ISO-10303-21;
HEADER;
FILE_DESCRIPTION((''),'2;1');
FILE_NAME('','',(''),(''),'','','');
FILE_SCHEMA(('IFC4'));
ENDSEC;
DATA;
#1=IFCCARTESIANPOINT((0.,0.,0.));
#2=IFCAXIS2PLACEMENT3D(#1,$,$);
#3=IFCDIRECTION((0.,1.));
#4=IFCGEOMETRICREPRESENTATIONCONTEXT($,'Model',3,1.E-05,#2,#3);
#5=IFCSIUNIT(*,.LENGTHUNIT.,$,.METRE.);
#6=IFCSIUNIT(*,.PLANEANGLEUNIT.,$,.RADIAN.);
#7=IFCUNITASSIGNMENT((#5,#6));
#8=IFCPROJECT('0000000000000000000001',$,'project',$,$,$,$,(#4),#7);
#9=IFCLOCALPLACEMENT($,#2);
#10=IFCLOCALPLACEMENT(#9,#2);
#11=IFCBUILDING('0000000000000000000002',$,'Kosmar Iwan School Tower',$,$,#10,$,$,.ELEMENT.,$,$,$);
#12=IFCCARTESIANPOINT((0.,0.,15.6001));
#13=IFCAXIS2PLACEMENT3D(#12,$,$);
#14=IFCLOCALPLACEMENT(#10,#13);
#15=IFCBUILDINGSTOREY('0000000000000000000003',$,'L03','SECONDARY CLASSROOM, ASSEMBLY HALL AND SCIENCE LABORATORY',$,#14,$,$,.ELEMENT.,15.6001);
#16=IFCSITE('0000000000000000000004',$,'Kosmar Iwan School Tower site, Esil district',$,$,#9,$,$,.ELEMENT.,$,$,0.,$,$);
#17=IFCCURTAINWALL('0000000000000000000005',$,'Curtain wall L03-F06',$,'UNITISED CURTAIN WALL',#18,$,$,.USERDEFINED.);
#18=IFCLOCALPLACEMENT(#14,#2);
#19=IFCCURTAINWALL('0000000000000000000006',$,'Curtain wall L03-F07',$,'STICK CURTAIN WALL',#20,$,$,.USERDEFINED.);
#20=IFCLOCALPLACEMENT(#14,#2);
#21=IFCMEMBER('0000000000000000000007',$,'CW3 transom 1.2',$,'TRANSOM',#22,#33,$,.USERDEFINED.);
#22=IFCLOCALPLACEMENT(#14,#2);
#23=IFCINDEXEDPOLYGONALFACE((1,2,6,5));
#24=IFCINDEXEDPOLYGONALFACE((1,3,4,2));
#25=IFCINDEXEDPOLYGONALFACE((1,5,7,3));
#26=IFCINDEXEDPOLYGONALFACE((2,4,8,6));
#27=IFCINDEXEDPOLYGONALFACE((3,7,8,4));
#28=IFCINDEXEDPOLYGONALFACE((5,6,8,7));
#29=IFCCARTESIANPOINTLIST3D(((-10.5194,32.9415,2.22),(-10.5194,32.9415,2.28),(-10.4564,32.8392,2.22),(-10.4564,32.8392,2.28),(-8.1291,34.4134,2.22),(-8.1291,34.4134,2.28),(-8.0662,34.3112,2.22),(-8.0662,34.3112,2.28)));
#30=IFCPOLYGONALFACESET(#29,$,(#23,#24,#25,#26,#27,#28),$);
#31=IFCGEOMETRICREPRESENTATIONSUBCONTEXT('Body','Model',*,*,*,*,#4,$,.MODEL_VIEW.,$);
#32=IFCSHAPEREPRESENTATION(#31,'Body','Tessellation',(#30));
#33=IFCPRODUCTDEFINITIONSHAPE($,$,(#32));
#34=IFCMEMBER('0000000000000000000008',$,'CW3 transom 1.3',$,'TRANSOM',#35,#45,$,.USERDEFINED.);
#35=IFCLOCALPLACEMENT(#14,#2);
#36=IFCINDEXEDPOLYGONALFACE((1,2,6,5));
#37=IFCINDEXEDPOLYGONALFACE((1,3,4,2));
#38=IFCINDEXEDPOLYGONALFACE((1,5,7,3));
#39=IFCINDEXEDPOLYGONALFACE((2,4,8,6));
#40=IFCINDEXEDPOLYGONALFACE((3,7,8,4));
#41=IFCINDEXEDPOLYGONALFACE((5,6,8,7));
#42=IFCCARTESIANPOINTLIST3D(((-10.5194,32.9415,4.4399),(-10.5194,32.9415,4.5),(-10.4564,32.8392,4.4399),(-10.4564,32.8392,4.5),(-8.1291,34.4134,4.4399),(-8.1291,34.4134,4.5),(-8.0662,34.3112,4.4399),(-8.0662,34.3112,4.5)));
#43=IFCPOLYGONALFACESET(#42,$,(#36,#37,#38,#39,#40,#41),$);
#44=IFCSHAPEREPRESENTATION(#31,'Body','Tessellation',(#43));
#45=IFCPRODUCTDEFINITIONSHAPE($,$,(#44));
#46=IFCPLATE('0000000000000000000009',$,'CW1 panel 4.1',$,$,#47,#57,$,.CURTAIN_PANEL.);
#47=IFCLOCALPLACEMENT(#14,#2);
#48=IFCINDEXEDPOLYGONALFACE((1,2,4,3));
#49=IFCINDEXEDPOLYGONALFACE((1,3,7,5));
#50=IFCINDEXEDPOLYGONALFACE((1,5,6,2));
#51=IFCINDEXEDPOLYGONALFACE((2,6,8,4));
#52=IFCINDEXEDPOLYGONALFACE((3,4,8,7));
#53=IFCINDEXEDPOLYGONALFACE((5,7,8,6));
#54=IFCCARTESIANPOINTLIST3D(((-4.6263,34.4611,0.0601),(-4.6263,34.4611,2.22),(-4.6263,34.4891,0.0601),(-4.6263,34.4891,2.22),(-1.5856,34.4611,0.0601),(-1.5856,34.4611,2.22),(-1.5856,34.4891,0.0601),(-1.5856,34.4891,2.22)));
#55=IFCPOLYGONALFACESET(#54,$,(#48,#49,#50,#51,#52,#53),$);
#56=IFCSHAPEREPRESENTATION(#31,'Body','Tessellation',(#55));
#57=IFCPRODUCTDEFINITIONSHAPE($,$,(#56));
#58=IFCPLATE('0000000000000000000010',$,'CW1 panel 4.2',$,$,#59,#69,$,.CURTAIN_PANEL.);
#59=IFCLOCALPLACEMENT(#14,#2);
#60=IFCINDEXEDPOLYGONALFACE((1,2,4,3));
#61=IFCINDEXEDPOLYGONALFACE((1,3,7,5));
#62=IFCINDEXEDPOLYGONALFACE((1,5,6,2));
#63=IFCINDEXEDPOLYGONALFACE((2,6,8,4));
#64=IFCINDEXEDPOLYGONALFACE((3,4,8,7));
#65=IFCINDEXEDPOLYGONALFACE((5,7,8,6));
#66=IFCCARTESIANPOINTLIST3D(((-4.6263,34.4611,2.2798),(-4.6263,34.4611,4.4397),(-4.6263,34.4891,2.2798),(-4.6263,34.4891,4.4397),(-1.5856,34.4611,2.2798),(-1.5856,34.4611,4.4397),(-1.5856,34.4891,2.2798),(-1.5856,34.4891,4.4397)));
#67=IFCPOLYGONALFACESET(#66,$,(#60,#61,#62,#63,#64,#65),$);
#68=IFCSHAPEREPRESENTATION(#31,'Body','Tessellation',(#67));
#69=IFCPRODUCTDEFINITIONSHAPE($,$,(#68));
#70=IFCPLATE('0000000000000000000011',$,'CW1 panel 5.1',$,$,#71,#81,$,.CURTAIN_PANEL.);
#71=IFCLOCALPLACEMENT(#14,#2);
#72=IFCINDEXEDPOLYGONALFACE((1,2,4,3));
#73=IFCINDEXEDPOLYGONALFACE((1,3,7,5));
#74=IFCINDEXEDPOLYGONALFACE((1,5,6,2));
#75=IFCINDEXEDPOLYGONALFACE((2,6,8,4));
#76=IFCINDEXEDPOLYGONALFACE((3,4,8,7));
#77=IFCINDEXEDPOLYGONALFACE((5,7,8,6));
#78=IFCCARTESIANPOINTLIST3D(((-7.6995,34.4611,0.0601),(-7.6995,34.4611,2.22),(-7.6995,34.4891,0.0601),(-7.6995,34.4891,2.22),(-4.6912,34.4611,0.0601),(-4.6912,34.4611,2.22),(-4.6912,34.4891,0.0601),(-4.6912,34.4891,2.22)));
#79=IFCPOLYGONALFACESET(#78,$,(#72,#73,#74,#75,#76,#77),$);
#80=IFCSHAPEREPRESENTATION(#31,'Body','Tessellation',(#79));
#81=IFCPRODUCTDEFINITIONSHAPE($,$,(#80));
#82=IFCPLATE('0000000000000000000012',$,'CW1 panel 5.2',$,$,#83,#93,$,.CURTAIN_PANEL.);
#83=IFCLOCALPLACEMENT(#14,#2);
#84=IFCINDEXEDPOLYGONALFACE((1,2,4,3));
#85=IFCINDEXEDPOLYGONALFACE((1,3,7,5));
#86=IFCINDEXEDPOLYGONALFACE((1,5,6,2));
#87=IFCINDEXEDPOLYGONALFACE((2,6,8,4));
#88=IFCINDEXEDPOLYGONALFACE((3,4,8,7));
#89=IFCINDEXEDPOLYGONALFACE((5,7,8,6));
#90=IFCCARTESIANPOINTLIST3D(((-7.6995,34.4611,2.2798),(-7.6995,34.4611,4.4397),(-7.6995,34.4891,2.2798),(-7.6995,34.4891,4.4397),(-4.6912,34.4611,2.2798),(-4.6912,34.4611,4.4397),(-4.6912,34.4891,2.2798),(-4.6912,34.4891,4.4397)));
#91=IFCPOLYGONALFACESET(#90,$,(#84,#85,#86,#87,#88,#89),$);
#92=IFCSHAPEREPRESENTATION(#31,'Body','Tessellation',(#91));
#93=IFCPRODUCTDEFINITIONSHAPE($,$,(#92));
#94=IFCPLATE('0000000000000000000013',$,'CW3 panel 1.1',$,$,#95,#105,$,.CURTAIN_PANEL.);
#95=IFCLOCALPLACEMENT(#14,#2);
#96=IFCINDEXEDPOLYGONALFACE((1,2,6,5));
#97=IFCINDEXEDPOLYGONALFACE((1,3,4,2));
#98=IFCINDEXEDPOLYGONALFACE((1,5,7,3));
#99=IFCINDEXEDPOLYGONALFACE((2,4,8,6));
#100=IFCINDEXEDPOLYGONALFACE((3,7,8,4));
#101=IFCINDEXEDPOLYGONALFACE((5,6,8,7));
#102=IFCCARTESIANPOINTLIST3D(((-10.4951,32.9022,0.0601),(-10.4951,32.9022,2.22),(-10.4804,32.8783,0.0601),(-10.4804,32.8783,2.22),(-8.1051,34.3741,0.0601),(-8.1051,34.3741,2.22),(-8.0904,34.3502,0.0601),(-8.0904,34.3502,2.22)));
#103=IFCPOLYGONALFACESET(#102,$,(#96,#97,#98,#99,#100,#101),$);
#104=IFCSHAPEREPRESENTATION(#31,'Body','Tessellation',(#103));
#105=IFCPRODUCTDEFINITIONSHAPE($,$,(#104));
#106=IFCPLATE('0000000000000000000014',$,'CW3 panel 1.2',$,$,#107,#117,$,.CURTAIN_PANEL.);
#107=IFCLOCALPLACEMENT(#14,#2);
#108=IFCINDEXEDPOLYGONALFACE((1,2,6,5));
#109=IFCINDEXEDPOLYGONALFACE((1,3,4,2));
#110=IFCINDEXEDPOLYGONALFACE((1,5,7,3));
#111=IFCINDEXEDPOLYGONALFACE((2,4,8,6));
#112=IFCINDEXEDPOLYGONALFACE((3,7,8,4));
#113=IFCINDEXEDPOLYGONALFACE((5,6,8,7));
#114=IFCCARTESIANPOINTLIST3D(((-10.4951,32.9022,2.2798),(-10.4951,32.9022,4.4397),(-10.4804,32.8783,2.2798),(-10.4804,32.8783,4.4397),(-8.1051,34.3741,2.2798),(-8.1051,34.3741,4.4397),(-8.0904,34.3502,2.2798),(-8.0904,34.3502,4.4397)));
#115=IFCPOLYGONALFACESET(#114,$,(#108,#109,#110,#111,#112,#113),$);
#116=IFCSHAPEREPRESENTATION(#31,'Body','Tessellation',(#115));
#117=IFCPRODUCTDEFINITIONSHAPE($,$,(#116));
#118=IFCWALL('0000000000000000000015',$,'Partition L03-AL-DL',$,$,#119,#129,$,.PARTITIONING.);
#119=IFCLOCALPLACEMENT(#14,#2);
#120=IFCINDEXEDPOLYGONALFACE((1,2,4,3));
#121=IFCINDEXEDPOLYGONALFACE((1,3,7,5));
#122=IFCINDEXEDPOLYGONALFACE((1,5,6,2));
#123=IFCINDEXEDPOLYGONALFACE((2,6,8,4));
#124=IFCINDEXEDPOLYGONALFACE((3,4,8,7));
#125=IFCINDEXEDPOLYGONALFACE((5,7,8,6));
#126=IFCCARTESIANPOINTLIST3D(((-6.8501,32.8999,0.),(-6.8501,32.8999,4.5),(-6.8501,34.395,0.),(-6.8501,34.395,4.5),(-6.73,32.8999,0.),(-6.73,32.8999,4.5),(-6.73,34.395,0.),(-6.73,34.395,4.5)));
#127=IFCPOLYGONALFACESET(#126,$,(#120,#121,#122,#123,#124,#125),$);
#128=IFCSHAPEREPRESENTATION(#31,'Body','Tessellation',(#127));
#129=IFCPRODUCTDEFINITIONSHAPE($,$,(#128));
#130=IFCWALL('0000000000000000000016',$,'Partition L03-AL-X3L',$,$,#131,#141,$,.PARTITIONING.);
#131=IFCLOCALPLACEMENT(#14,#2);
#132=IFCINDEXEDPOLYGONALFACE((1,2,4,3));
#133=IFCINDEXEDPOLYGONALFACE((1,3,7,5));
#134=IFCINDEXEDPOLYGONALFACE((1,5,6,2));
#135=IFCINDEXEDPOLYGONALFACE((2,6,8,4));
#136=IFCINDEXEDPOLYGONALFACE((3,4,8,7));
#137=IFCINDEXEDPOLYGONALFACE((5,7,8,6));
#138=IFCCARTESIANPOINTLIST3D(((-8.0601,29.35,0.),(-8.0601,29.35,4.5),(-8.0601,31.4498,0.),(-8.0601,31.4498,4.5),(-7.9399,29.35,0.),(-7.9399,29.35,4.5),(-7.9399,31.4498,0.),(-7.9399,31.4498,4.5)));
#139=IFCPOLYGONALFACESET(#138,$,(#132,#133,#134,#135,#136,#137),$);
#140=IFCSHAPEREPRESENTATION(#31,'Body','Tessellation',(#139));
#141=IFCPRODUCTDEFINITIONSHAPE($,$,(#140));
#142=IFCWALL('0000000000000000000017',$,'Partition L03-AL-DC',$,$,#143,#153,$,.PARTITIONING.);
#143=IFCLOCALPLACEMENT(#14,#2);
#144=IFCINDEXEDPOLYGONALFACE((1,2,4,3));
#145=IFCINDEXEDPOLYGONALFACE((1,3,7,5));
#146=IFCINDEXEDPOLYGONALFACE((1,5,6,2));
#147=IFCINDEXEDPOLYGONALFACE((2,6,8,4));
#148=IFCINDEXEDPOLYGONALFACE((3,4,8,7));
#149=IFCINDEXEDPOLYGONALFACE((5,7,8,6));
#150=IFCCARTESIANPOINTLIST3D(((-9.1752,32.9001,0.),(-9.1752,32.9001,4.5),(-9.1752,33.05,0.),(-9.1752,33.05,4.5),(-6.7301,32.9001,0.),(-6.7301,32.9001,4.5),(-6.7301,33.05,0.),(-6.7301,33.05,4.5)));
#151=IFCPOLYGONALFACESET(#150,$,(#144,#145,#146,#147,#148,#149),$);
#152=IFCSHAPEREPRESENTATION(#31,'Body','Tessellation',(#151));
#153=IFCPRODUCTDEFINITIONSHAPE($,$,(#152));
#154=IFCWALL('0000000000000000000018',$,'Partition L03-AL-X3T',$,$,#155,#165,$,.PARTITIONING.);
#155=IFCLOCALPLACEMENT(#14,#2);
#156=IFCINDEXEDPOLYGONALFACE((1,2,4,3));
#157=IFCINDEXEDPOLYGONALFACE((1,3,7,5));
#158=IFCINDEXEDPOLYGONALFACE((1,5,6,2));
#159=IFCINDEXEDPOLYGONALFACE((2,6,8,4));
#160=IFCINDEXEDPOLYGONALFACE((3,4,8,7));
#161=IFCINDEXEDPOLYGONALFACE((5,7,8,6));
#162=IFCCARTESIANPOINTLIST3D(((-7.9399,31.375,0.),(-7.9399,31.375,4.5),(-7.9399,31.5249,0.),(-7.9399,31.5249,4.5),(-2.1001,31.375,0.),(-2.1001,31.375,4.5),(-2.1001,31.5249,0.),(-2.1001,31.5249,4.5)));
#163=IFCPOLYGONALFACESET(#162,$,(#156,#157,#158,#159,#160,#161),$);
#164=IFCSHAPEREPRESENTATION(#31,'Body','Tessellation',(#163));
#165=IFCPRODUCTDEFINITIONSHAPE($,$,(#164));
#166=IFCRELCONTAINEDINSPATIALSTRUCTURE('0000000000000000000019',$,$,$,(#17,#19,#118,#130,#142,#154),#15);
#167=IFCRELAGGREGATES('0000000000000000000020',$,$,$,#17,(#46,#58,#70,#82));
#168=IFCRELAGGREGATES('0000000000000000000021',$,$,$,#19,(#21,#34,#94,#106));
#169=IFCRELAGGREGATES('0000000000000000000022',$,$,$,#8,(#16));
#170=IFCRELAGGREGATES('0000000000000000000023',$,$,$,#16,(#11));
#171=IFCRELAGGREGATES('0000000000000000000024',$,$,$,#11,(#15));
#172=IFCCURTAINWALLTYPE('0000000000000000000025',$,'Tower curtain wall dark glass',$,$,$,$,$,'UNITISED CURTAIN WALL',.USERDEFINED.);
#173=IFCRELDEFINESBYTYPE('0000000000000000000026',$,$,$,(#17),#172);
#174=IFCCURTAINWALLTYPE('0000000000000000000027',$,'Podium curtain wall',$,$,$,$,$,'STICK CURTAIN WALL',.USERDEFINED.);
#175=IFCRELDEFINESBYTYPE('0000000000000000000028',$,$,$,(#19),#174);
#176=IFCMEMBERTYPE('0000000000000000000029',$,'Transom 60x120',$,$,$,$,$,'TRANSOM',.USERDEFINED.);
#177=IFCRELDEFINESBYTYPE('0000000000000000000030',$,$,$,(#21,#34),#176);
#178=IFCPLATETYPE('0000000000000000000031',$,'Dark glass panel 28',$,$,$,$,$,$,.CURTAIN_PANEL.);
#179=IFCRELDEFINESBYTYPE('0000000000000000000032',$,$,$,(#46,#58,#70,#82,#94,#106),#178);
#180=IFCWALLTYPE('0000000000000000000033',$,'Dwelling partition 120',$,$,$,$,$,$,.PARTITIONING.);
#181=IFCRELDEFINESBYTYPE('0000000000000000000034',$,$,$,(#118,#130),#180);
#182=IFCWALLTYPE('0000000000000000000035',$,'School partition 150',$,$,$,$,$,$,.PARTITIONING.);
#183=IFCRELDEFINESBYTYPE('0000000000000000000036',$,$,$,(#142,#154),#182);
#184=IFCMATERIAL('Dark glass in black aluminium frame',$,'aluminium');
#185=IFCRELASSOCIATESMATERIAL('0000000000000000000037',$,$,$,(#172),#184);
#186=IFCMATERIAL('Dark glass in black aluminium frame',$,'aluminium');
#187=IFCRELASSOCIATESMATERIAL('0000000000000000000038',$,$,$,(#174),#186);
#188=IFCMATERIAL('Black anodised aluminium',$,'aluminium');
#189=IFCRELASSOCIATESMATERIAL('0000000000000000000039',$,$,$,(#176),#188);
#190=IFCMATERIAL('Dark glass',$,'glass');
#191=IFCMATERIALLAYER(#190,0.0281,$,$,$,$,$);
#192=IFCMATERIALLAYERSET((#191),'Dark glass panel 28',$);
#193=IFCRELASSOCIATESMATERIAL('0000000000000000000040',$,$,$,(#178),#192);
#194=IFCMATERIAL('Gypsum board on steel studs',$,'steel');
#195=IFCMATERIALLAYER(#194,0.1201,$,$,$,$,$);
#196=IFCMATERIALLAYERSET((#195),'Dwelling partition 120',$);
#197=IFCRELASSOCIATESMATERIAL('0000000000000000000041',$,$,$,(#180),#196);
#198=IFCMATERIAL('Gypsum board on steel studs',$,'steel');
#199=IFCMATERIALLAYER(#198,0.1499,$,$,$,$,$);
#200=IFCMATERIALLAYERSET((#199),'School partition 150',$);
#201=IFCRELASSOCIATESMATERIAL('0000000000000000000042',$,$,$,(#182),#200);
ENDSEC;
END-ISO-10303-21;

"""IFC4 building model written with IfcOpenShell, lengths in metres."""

from ifc_helpers import new_model, si_unit, direction, frame, frame_2d, origin, origin_2d, place, context, subcontext, project, spatial, rectangle, extrude, material, layer, layer_set, material_profile, profile_set, type_object, element, aggregate, save


model = new_model("IFC4")

# Units and contexts
model_context = context("Model", 3, precision=1e-05, world=origin(), true_north=direction((0.0, 1.0)))
body_context = subcontext(model_context, "Body", "Model", "MODEL_VIEW")
ifc_project = project(units=[si_unit("LENGTHUNIT", "METRE"), si_unit("PLANEANGLEUNIT", "RADIAN")], contexts=[model_context])

# Site, building, storey
site_placement = place(None, origin())
site = spatial("IfcSite", under=ifc_project, at=site_placement, Name="Kosmar Iwan School Tower site, Esil district", CompositionType="ELEMENT", RefElevation=0.0)
building_placement = place(site_placement, origin())
building = spatial("IfcBuilding", under=site, at=building_placement, Name="Kosmar Iwan School Tower", CompositionType="ELEMENT")
storey_placement = place(building_placement, frame((0.0, 0.0, 15.6001)))
storey = spatial("IfcBuildingStorey", under=building, at=storey_placement, Name="L03", Description="SECONDARY CLASSROOM, ASSEMBLY HALL AND SCIENCE LABORATORY", CompositionType="ELEMENT", Elevation=15.6001)

# Curtain wall
ifc_material_1 = material(Name="Dark glass in black aluminium frame", Category="aluminium")
curtain_wall_type_1 = type_object("IfcCurtainWallType", Name="Tower curtain wall dark glass", ElementType="UNITISED CURTAIN WALL", PredefinedType="USERDEFINED", material=ifc_material_1)
curtain_wall_1_placement = place(storey_placement, origin())
curtain_wall_1 = element("IfcCurtainWall", 1, at=curtain_wall_1_placement, inside=storey, type_object=curtain_wall_type_1, Name="Curtain wall L03-F06", ObjectType="UNITISED CURTAIN WALL", PredefinedType="USERDEFINED")

# Curtain wall
ifc_material_2 = material(Name="Dark glass in black aluminium frame", Category="aluminium")
curtain_wall_type_2 = type_object("IfcCurtainWallType", Name="Podium curtain wall", ElementType="STICK CURTAIN WALL", PredefinedType="USERDEFINED", material=ifc_material_2)
curtain_wall_2_placement = place(storey_placement, origin())
curtain_wall_2 = element("IfcCurtainWall", 2, at=curtain_wall_2_placement, inside=storey, type_object=curtain_wall_type_2, Name="Curtain wall L03-F07", ObjectType="STICK CURTAIN WALL", PredefinedType="USERDEFINED")

# Members
ifc_material_3 = material(Name="Black anodised aluminium", Category="aluminium")
ifc_material_profile_1 = material_profile(ifc_material_3, rectangle(XDim=0.1201, YDim=0.0601, at=origin_2d()), Name="TRANSOM 60x120")
ifc_profile_set_1 = profile_set([ifc_material_profile_1], Name="Black anodised aluminium")
member_type_1 = type_object("IfcMemberType", Name="Transom 60x120", ElementType="TRANSOM", PredefinedType="USERDEFINED", material=ifc_profile_set_1)
member_1_placement = place(storey_placement, frame((-8.0977, 34.3623, 2.25), z_axis=(-0.851488, -0.524374, 0.0), x_axis=(0.524374, -0.851488, 0.0)))
member_1 = element("IfcMember", 3, at=member_1_placement, type_object=member_type_1, Name="CW3 transom 1.2", ObjectType="TRANSOM", PredefinedType="USERDEFINED", context=body_context, shape_type="SweptSolid", body=[
    extrude(rectangle(XDim=0.1201, YDim=0.0601, at=origin_2d()), origin(), (0.0, 0.0, 1.0), 2.8071),
])
member_2_placement = place(storey_placement, frame((-8.0977, 34.3623, 4.47), z_axis=(-0.851488, -0.524374, 0.0), x_axis=(0.524374, -0.851488, 0.0)))
member_2 = element("IfcMember", 4, at=member_2_placement, type_object=member_type_1, Name="CW3 transom 1.3", ObjectType="TRANSOM", PredefinedType="USERDEFINED", context=body_context, shape_type="SweptSolid", body=[
    extrude(rectangle(XDim=0.1201, YDim=0.0601, at=origin_2d()), origin(), (0.0, 0.0, 1.0), 2.8071),
])

# Plates
ifc_material_4 = material(Name="Dark glass", Category="glass")
ifc_layer_1 = layer(ifc_material_4, 0.0281)
ifc_layer_set_1 = layer_set([ifc_layer_1], Name="Dark glass panel 28")
plate_type = type_object("IfcPlateType", Name="Dark glass panel 28", PredefinedType="CURTAIN_PANEL", material=ifc_layer_set_1)
plate_1_placement = place(storey_placement, frame((-3.106, 34.4751, 0.0601), z_axis=(0.0, 0.0, 1.0), x_axis=(-1.0, 0.0, 0.0)))
plate_1 = element("IfcPlate", 5, at=plate_1_placement, type_object=plate_type, Name="CW1 panel 4.1", PredefinedType="CURTAIN_PANEL", context=body_context, shape_type="SweptSolid", body=[
    extrude(rectangle(XDim=3.0408, YDim=0.0281, at=origin_2d()), origin(), (0.0, 0.0, 1.0), 2.1599),
])
plate_2_placement = place(storey_placement, frame((-3.106, 34.4751, 2.2798), z_axis=(0.0, 0.0, 1.0), x_axis=(-1.0, 0.0, 0.0)))
plate_2 = element("IfcPlate", 6, at=plate_2_placement, type_object=plate_type, Name="CW1 panel 4.2", PredefinedType="CURTAIN_PANEL", context=body_context, shape_type="SweptSolid", body=[
    extrude(rectangle(XDim=3.0408, YDim=0.0281, at=origin_2d()), origin(), (0.0, 0.0, 1.0), 2.1599),
])
plate_3_placement = place(storey_placement, frame((-6.1953, 34.4751, 0.0601), z_axis=(0.0, 0.0, 1.0), x_axis=(-1.0, 0.0, 0.0)))
plate_3 = element("IfcPlate", 7, at=plate_3_placement, type_object=plate_type, Name="CW1 panel 5.1", PredefinedType="CURTAIN_PANEL", context=body_context, shape_type="SweptSolid", body=[
    extrude(rectangle(XDim=3.0083, YDim=0.0281, at=origin_2d()), origin(), (0.0, 0.0, 1.0), 2.1599),
])
plate_4_placement = place(storey_placement, frame((-6.1953, 34.4751, 2.2798), z_axis=(0.0, 0.0, 1.0), x_axis=(-1.0, 0.0, 0.0)))
plate_4 = element("IfcPlate", 8, at=plate_4_placement, type_object=plate_type, Name="CW1 panel 5.2", PredefinedType="CURTAIN_PANEL", context=body_context, shape_type="SweptSolid", body=[
    extrude(rectangle(XDim=3.0083, YDim=0.0281, at=origin_2d()), origin(), (0.0, 0.0, 1.0), 2.1599),
])
aggregate(curtain_wall_1, [plate_1, plate_2, plate_3, plate_4])
plate_5_placement = place(storey_placement, frame((-9.2927, 33.6262, 0.0601), z_axis=(0.0, 0.0, 1.0), x_axis=(-0.851483, -0.524382, 0.0)))
plate_5 = element("IfcPlate", 9, at=plate_5_placement, type_object=plate_type, Name="CW3 panel 1.1", PredefinedType="CURTAIN_PANEL", context=body_context, shape_type="SweptSolid", body=[
    extrude(rectangle(XDim=2.8069, YDim=0.0281, at=origin_2d()), origin(), (0.0, 0.0, 1.0), 2.1599),
])
plate_6_placement = place(storey_placement, frame((-9.2927, 33.6262, 2.2798), z_axis=(0.0, 0.0, 1.0), x_axis=(-0.851483, -0.524382, 0.0)))
plate_6 = element("IfcPlate", 10, at=plate_6_placement, type_object=plate_type, Name="CW3 panel 1.2", PredefinedType="CURTAIN_PANEL", context=body_context, shape_type="SweptSolid", body=[
    extrude(rectangle(XDim=2.8069, YDim=0.0281, at=origin_2d()), origin(), (0.0, 0.0, 1.0), 2.1599),
])
aggregate(curtain_wall_2, [member_1, member_2, plate_5, plate_6])

# Walls
ifc_material_5 = material(Name="Gypsum board on steel studs", Category="steel")
ifc_layer_2 = layer(ifc_material_5, 0.1201)
ifc_layer_set_2 = layer_set([ifc_layer_2], Name="Dwelling partition 120")
wall_type_1 = type_object("IfcWallType", Name="Dwelling partition 120", PredefinedType="PARTITIONING", material=ifc_layer_set_2)
wall_1_placement = place(storey_placement, frame((-6.79, 32.8999, 0.0), z_axis=(0.0, 0.0, 1.0), x_axis=(0.0, 1.0, 0.0)))
element("IfcWall", 11, at=wall_1_placement, inside=storey, type_object=wall_type_1, Name="Partition L03-AL-DL", PredefinedType="PARTITIONING", context=body_context, shape_type="SweptSolid", body=[
    extrude(rectangle(XDim=1.4951, YDim=0.1201, at=frame_2d((0.7476, 0.0))), origin(), (0.0, 0.0, 1.0), 4.5),
])
wall_2_placement = place(storey_placement, frame((-8.0, 29.3501, 0.0), z_axis=(0.0, 0.0, 1.0), x_axis=(0.0, 1.0, 0.0)))
element("IfcWall", 12, at=wall_2_placement, inside=storey, type_object=wall_type_1, Name="Partition L03-AL-X3L", PredefinedType="PARTITIONING", context=body_context, shape_type="SweptSolid", body=[
    extrude(rectangle(XDim=2.0999, YDim=0.1201, at=frame_2d((1.0498, 0.0))), origin(), (0.0, 0.0, 1.0), 4.5),
])
ifc_material_6 = material(Name="Gypsum board on steel studs", Category="steel")
ifc_layer_3 = layer(ifc_material_6, 0.1499)
ifc_layer_set_3 = layer_set([ifc_layer_3], Name="School partition 150")
wall_type_2 = type_object("IfcWallType", Name="School partition 150", PredefinedType="PARTITIONING", material=ifc_layer_set_3)
wall_3_placement = place(storey_placement, frame((-6.73, 32.9751, 0.0), z_axis=(0.0, 0.0, 1.0), x_axis=(-1.0, 0.0, 0.0)))
element("IfcWall", 13, at=wall_3_placement, inside=storey, type_object=wall_type_2, Name="Partition L03-AL-DC", PredefinedType="PARTITIONING", context=body_context, shape_type="SweptSolid", body=[
    extrude(rectangle(XDim=2.4451, YDim=0.1499, at=frame_2d((1.2227, 0.0))), origin(), (0.0, 0.0, 1.0), 4.5),
])
wall_4_placement = place(storey_placement, frame((-2.1001, 31.45, 0.0), z_axis=(0.0, 0.0, 1.0), x_axis=(-1.0, 0.0, 0.0)))
element("IfcWall", 14, at=wall_4_placement, inside=storey, type_object=wall_type_2, Name="Partition L03-AL-X3T", PredefinedType="PARTITIONING", context=body_context, shape_type="SweptSolid", body=[
    extrude(rectangle(XDim=5.8398, YDim=0.1499, at=frame_2d((2.9199, 0.0))), origin(), (0.0, 0.0, 1.0), 4.5),
])

save(model, "model.ifc")
